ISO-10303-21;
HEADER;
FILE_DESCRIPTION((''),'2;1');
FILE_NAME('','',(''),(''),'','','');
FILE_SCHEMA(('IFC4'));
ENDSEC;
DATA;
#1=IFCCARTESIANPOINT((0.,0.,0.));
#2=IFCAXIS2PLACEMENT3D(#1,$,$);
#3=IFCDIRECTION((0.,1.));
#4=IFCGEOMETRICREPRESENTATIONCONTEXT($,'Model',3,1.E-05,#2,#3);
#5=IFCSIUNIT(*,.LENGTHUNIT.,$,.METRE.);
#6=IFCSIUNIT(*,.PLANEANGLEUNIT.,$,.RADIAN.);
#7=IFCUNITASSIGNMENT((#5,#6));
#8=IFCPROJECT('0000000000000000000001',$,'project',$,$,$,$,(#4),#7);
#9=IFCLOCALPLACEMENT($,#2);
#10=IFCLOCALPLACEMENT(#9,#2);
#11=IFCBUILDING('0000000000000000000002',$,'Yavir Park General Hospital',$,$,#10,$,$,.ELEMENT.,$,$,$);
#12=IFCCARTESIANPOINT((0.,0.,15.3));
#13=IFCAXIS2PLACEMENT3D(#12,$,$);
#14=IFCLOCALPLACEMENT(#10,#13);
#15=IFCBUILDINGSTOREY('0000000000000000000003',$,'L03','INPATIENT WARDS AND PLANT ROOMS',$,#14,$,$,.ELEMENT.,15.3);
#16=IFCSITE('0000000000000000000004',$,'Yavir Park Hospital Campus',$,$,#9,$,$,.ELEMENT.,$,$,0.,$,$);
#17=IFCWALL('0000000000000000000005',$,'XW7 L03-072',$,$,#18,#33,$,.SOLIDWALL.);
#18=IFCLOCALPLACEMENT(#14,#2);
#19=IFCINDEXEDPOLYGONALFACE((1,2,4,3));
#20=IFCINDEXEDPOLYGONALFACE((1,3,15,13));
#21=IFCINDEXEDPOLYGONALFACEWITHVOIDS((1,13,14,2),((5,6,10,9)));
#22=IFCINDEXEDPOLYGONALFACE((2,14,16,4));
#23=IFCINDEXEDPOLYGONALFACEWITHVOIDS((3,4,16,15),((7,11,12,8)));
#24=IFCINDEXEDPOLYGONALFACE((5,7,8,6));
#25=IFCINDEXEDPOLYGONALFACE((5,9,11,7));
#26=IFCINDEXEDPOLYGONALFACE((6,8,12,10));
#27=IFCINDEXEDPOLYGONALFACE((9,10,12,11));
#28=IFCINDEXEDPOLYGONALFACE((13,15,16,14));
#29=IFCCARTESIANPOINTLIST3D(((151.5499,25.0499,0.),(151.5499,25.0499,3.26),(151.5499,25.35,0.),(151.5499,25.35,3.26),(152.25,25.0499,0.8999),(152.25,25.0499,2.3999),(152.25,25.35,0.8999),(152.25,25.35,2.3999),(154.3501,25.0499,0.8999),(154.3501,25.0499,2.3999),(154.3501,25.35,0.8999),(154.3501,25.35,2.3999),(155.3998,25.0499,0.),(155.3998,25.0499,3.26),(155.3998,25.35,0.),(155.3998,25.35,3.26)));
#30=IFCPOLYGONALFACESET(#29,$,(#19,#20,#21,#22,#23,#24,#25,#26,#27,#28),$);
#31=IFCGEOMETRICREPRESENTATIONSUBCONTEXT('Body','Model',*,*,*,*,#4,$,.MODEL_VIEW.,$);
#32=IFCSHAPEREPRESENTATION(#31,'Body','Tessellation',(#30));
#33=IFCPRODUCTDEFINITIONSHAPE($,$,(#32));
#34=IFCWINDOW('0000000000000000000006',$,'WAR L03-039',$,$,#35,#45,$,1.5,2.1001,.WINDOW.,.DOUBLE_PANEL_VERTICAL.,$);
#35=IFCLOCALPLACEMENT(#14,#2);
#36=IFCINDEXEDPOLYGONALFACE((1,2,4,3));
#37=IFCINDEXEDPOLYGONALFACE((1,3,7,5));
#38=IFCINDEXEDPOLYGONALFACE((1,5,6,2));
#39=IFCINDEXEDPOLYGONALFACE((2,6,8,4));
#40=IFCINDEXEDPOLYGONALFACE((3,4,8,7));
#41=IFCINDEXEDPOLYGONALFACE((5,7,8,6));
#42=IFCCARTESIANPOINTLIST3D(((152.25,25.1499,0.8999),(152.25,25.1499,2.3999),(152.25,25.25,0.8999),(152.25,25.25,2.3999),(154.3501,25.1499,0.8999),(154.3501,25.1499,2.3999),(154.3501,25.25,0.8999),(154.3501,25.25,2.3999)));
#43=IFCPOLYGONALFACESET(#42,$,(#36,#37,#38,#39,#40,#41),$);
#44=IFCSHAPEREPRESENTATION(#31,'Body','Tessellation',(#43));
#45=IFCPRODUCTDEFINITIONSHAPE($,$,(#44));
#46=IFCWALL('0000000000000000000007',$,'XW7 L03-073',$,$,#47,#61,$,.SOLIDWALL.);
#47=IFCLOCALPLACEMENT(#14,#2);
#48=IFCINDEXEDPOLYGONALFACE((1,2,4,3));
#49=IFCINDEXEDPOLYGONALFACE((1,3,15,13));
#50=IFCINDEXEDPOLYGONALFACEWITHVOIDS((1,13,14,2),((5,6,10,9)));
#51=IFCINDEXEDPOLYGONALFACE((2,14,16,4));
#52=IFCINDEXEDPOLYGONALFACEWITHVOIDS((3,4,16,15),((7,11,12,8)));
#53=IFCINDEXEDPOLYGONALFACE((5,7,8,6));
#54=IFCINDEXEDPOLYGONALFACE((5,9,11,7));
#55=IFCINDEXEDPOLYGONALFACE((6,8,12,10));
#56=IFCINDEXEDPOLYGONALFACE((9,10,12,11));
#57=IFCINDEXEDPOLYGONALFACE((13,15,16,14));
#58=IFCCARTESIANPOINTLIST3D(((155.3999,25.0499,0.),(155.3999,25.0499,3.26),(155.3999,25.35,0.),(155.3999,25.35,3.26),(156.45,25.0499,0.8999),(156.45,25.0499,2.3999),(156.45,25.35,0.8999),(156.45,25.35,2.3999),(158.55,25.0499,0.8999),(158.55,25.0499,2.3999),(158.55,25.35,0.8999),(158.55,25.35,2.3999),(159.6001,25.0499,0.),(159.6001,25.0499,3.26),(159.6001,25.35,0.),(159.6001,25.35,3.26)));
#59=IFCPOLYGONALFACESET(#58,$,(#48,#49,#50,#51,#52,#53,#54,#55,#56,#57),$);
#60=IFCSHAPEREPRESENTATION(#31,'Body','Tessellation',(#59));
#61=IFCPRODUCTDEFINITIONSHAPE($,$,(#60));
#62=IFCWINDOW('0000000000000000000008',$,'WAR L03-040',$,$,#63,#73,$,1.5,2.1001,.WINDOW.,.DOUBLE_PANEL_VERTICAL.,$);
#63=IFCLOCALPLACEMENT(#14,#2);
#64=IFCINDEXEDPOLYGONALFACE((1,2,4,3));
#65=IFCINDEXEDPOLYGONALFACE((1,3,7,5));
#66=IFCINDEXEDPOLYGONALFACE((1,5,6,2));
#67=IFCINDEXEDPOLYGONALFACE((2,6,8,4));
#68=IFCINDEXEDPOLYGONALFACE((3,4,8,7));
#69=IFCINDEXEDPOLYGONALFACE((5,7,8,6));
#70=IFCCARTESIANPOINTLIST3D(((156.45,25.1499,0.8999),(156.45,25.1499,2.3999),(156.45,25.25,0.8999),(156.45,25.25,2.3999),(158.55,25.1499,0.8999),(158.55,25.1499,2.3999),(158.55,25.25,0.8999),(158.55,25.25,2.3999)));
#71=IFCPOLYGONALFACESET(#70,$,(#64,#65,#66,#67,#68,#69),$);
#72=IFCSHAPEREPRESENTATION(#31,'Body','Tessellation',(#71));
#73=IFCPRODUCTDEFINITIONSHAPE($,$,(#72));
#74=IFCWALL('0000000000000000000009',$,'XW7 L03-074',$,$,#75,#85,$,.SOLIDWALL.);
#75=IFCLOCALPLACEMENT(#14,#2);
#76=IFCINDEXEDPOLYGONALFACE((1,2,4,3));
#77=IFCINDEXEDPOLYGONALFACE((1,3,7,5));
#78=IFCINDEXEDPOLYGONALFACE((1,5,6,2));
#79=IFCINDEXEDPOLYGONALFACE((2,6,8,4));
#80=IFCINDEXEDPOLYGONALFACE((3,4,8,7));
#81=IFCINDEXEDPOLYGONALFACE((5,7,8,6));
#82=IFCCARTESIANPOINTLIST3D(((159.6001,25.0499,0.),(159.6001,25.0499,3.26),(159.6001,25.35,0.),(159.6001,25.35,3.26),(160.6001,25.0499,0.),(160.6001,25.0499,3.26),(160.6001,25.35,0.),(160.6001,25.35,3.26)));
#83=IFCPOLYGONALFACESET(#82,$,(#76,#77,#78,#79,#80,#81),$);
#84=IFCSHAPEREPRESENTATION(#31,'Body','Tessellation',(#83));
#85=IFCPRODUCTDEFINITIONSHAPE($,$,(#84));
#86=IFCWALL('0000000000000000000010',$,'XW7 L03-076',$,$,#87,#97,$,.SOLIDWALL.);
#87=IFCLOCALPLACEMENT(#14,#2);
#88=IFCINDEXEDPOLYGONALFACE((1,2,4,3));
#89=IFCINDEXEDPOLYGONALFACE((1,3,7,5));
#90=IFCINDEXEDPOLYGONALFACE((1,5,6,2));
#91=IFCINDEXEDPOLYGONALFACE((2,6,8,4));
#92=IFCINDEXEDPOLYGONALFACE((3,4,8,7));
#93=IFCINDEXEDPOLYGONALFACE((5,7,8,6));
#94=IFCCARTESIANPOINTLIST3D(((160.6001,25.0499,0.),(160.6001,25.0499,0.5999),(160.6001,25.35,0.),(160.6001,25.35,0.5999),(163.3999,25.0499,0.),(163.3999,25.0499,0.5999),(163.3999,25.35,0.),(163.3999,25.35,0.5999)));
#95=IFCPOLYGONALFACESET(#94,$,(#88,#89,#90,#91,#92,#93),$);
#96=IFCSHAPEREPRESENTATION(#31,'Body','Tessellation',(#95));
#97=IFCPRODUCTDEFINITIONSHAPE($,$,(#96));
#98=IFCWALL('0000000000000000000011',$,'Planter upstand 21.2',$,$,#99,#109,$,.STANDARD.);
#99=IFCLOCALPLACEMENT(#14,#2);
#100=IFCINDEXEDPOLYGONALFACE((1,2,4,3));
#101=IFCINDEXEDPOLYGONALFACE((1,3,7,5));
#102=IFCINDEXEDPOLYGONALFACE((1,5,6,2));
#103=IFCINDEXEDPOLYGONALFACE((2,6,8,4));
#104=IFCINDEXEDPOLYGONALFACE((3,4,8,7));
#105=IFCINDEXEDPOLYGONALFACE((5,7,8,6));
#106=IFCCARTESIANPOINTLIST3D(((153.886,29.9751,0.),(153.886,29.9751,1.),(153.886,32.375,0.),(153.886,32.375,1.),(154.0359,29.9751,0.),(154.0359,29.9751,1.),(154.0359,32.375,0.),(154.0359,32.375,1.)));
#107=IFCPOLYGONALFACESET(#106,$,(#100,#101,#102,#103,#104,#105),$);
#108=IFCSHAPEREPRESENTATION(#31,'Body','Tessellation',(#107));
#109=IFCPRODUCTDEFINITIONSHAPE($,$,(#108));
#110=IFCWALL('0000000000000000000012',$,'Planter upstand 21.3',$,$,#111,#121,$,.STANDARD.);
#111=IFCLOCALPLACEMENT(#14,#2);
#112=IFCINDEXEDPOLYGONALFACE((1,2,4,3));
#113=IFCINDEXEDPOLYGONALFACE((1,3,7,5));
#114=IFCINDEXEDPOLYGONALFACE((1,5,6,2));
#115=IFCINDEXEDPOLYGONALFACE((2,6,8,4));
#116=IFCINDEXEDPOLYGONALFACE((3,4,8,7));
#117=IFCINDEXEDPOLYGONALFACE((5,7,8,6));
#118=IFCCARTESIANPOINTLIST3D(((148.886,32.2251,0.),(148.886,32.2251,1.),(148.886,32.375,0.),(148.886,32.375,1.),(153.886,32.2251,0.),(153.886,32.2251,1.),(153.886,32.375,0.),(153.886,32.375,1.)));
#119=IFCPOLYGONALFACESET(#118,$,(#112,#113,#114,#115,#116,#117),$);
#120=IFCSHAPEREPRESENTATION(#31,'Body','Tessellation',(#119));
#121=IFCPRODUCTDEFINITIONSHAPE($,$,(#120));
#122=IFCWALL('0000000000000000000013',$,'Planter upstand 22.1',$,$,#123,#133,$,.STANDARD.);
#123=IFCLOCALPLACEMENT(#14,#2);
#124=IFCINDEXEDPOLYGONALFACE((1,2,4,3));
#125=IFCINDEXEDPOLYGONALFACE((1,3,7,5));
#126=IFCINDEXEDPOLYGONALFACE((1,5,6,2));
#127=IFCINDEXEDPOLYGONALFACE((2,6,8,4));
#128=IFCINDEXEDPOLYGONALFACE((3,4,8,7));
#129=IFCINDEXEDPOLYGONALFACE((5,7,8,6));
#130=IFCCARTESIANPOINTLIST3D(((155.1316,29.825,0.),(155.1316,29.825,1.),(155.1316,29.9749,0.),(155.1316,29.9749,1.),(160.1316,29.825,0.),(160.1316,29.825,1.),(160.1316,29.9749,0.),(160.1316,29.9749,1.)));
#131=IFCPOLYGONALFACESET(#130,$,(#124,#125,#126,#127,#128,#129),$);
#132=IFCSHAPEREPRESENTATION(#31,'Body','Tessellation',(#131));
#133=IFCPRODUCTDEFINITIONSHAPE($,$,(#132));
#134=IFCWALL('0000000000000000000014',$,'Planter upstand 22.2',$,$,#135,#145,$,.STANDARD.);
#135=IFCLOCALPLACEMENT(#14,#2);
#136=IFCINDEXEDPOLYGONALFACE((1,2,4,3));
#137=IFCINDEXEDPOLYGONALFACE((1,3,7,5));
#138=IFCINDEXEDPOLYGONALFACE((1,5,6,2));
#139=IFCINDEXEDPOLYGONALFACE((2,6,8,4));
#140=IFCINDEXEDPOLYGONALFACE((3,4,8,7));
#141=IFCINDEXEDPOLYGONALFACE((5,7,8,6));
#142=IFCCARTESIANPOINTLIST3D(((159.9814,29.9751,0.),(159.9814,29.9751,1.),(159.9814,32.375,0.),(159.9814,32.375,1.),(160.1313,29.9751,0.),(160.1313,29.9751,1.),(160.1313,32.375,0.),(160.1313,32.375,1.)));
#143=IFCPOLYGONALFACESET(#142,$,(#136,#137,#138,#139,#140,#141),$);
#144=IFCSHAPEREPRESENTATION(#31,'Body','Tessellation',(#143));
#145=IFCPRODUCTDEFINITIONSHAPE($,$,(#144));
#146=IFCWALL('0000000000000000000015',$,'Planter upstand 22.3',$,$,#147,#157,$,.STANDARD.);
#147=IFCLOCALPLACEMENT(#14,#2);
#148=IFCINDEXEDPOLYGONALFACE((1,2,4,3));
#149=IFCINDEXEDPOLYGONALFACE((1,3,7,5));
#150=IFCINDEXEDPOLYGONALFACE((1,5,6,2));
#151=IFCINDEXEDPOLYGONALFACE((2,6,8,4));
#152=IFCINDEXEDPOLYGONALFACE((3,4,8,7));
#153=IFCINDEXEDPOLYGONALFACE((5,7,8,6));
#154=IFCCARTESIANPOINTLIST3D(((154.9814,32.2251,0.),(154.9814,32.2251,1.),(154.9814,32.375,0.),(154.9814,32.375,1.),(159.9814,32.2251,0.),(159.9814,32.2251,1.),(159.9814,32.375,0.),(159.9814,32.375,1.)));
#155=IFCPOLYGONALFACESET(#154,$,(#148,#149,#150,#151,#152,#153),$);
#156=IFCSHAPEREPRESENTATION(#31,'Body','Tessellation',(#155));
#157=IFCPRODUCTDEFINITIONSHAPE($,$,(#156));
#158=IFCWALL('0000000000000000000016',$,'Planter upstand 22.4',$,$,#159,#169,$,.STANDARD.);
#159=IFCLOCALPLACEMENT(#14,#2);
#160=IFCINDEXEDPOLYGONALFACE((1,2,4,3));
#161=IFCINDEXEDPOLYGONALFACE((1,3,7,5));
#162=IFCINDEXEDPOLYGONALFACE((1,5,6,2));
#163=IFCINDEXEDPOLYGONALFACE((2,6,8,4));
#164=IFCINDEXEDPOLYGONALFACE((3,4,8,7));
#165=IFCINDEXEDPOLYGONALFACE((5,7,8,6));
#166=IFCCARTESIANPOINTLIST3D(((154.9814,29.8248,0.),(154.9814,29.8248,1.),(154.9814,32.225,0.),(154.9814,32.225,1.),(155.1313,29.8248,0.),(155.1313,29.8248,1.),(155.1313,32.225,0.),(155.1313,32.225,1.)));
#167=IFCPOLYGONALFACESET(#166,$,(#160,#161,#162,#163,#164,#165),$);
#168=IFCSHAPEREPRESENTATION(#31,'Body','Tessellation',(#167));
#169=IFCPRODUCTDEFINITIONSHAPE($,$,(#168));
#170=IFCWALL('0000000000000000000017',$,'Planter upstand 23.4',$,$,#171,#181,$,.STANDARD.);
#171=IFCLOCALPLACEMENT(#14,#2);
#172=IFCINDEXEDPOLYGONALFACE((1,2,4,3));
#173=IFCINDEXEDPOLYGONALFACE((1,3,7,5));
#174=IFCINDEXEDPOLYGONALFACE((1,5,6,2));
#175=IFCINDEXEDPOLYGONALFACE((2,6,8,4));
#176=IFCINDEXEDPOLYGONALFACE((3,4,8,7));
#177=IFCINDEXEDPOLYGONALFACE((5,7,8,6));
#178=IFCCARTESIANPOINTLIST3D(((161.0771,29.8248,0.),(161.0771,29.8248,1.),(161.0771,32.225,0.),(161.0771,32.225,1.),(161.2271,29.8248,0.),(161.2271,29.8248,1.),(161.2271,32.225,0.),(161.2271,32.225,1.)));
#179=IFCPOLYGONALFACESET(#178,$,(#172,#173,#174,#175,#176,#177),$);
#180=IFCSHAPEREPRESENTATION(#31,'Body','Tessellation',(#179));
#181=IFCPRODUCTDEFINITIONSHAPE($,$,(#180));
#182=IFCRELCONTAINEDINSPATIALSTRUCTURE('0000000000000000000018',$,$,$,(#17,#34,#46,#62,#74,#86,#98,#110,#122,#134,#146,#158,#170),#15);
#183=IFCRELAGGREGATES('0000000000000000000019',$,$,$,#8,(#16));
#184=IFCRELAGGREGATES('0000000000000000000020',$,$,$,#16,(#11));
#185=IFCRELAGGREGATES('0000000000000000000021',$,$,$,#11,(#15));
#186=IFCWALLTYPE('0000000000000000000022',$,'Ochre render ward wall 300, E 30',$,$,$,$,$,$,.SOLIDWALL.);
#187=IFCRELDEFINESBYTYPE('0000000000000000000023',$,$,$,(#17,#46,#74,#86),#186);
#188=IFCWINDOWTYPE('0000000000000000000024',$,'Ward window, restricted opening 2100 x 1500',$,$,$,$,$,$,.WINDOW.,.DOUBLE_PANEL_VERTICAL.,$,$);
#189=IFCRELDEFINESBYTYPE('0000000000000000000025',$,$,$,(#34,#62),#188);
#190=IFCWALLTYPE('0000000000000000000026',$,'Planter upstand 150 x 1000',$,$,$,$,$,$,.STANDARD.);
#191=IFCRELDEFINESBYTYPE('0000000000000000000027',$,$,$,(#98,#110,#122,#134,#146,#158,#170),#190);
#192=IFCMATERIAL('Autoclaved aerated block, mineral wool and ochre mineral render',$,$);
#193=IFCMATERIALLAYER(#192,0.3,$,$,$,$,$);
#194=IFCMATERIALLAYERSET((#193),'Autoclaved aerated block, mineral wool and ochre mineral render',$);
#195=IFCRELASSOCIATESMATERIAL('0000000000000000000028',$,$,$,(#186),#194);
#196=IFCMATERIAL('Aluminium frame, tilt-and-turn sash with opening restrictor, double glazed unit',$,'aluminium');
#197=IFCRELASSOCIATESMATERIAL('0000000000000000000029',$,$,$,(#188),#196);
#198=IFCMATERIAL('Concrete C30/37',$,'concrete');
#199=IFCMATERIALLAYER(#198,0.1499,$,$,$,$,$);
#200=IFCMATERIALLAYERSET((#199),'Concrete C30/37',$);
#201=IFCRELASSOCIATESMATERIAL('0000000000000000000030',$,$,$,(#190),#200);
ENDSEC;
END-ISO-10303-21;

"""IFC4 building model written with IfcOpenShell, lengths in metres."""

from ifc_helpers import new_model, si_unit, direction, frame, frame_2d, origin, place, context, subcontext, project, spatial, rectangle, extrude, material, layer, layer_set, type_object, element, fill, save


model = new_model("IFC4")

# Units and contexts
model_context = context("Model", 3, precision=1e-05, world=origin(), true_north=direction((0.0, 1.0)))
body_context = subcontext(model_context, "Body", "Model", "MODEL_VIEW")
ifc_project = project(units=[si_unit("LENGTHUNIT", "METRE"), si_unit("PLANEANGLEUNIT", "RADIAN")], contexts=[model_context])

# Site, building, storey
site_placement = place(None, origin())
site = spatial("IfcSite", under=ifc_project, at=site_placement, Name="Yavir Park Hospital Campus", CompositionType="ELEMENT", RefElevation=0.0)
building_placement = place(site_placement, origin())
building = spatial("IfcBuilding", under=site, at=building_placement, Name="Yavir Park General Hospital", CompositionType="ELEMENT")
storey_placement = place(building_placement, frame((0.0, 0.0, 15.3)))
storey = spatial("IfcBuildingStorey", under=building, at=storey_placement, Name="L03", Description="INPATIENT WARDS AND PLANT ROOMS", CompositionType="ELEMENT", Elevation=15.3)

# Walls, openings, windows
ifc_material_1 = material(Name="Autoclaved aerated block, mineral wool and ochre mineral render")
ifc_layer_1 = layer(ifc_material_1, 0.3)
ifc_layer_set_1 = layer_set([ifc_layer_1], Name="Autoclaved aerated block, mineral wool and ochre mineral render")
wall_type_1 = type_object("IfcWallType", Name="Ochre render ward wall 300, E 30", PredefinedType="SOLIDWALL", material=ifc_layer_set_1)
wall_1_placement = place(storey_placement, frame((151.55, 25.2, 0.0), z_axis=(0.0, 0.0, 1.0), x_axis=(1.0, 0.0, 0.0)))
wall_1 = element("IfcWall", 1, at=wall_1_placement, inside=storey, type_object=wall_type_1, Name="XW7 L03-072", PredefinedType="SOLIDWALL", context=body_context, shape_type="SweptSolid", body=[
    extrude(rectangle(XDim=3.8499, YDim=0.3, at=frame_2d((1.9248, 0.0))), origin(), (0.0, 0.0, 1.0), 3.26),
])
opening_1_placement = place(wall_1_placement, frame((0.7, 0.0, 0.8999)))
opening_1 = element("IfcOpeningElement", 2, at=opening_1_placement, cuts=wall_1, PredefinedType="OPENING", context=body_context, shape_type="SweptSolid", body=[
    extrude(rectangle(XDim=2.1001, YDim=1.5, at=frame_2d((1.05, 0.75))), frame((0.0, 0.1599, 0.0), z_axis=(0.0, -1.0, 0.0), x_axis=(1.0, 0.0, 0.0)), (0.0, 0.0, 1.0), 0.3201),
])
ifc_material_2 = material(Name="Aluminium frame, tilt-and-turn sash with opening restrictor, double glazed unit", Category="aluminium")
window_type = type_object("IfcWindowType", Name="Ward window, restricted opening 2100 x 1500", PartitioningType="DOUBLE_PANEL_VERTICAL", PredefinedType="WINDOW", material=ifc_material_2)
window_1_placement = place(opening_1_placement, origin())
window_1 = element("IfcWindow", 3, at=window_1_placement, inside=storey, type_object=window_type, Name="WAR L03-039", OverallHeight=1.5, OverallWidth=2.1001, PartitioningType="DOUBLE_PANEL_VERTICAL", PredefinedType="WINDOW", context=body_context, shape_type="SweptSolid", body=[
    extrude(rectangle(XDim=2.1001, YDim=1.5, at=frame_2d((1.05, 0.75))), frame((0.0, 0.05, 0.0), z_axis=(0.0, -1.0, 0.0), x_axis=(1.0, 0.0, 0.0)), (0.0, 0.0, 1.0), 0.1001),
])
fill(opening_1, window_1)
wall_2_placement = place(storey_placement, frame((155.3999, 25.2, 0.0), z_axis=(0.0, 0.0, 1.0), x_axis=(1.0, 0.0, 0.0)))
wall_2 = element("IfcWall", 4, at=wall_2_placement, inside=storey, type_object=wall_type_1, Name="XW7 L03-073", PredefinedType="SOLIDWALL", context=body_context, shape_type="SweptSolid", body=[
    extrude(rectangle(XDim=4.2002, YDim=0.3, at=frame_2d((2.1001, 0.0))), origin(), (0.0, 0.0, 1.0), 3.26),
])
opening_2_placement = place(wall_2_placement, frame((1.05, 0.0, 0.8999)))
opening_2 = element("IfcOpeningElement", 5, at=opening_2_placement, cuts=wall_2, PredefinedType="OPENING", context=body_context, shape_type="SweptSolid", body=[
    extrude(rectangle(XDim=2.1001, YDim=1.5, at=frame_2d((1.05, 0.75))), frame((0.0, 0.1599, 0.0), z_axis=(0.0, -1.0, 0.0), x_axis=(1.0, 0.0, 0.0)), (0.0, 0.0, 1.0), 0.3201),
])
window_2_placement = place(opening_2_placement, origin())
window_2 = element("IfcWindow", 6, at=window_2_placement, inside=storey, type_object=window_type, Name="WAR L03-040", OverallHeight=1.5, OverallWidth=2.1001, PartitioningType="DOUBLE_PANEL_VERTICAL", PredefinedType="WINDOW", context=body_context, shape_type="SweptSolid", body=[
    extrude(rectangle(XDim=2.1001, YDim=1.5, at=frame_2d((1.05, 0.75))), frame((0.0, 0.05, 0.0), z_axis=(0.0, -1.0, 0.0), x_axis=(1.0, 0.0, 0.0)), (0.0, 0.0, 1.0), 0.1001),
])
fill(opening_2, window_2)

# Walls
wall_3_placement = place(storey_placement, frame((159.6001, 25.2, 0.0), z_axis=(0.0, 0.0, 1.0), x_axis=(1.0, 0.0, 0.0)))
element("IfcWall", 7, at=wall_3_placement, inside=storey, type_object=wall_type_1, Name="XW7 L03-074", PredefinedType="SOLIDWALL", context=body_context, shape_type="SweptSolid", body=[
    extrude(rectangle(XDim=1.0, YDim=0.3, at=frame_2d((0.5, 0.0))), origin(), (0.0, 0.0, 1.0), 3.26),
])
wall_4_placement = place(storey_placement, frame((160.6001, 25.2, 0.0), z_axis=(0.0, 0.0, 1.0), x_axis=(1.0, 0.0, 0.0)))
element("IfcWall", 8, at=wall_4_placement, inside=storey, type_object=wall_type_1, Name="XW7 L03-076", PredefinedType="SOLIDWALL", context=body_context, shape_type="SweptSolid", body=[
    extrude(rectangle(XDim=2.7998, YDim=0.3, at=frame_2d((1.3999, 0.0))), origin(), (0.0, 0.0, 1.0), 0.5999),
])
ifc_material_3 = material(Name="Concrete C30/37", Category="concrete")
ifc_layer_2 = layer(ifc_material_3, 0.1499)
ifc_layer_set_2 = layer_set([ifc_layer_2], Name="Concrete C30/37")
wall_type_2 = type_object("IfcWallType", Name="Planter upstand 150 x 1000", PredefinedType="STANDARD", material=ifc_layer_set_2)
wall_5_placement = place(storey_placement, frame((153.9609, 29.9751, 0.0), z_axis=(0.0, 0.0, 1.0), x_axis=(0.0, 1.0, 0.0)))
element("IfcWall", 9, at=wall_5_placement, inside=storey, type_object=wall_type_2, Name="Planter upstand 21.2", PredefinedType="STANDARD", context=body_context, shape_type="SweptSolid", body=[
    extrude(rectangle(XDim=2.3999, YDim=0.1499, at=frame_2d((1.2, 0.0))), origin(), (0.0, 0.0, 1.0), 1.0),
])
for number, where, z_axis, x_axis, name in (
    (10, (153.886, 32.3, 0.0), (0.0, 0.0, 1.0), (-1.0, 0.0, 0.0), "Planter upstand 21.3"),
    (11, (155.1316, 29.8999, 0.0), (0.0, 0.0, 1.0), (1.0, 0.0, 0.0), "Planter upstand 22.1"),
):
    element("IfcWall", number, at=place(storey_placement, frame(where, z_axis=z_axis, x_axis=x_axis)), inside=storey, type_object=wall_type_2, Name=name, PredefinedType="STANDARD", context=body_context, shape_type="SweptSolid", body=[
        extrude(rectangle(XDim=5.0, YDim=0.1499, at=frame_2d((2.5, 0.0))), origin(), (0.0, 0.0, 1.0), 1.0),
    ])
wall_6_placement = place(storey_placement, frame((160.0564, 29.9751, 0.0), z_axis=(0.0, 0.0, 1.0), x_axis=(0.0, 1.0, 0.0)))
element("IfcWall", 12, at=wall_6_placement, inside=storey, type_object=wall_type_2, Name="Planter upstand 22.2", PredefinedType="STANDARD", context=body_context, shape_type="SweptSolid", body=[
    extrude(rectangle(XDim=2.3999, YDim=0.1499, at=frame_2d((1.2, 0.0))), origin(), (0.0, 0.0, 1.0), 1.0),
])
wall_7_placement = place(storey_placement, frame((159.9814, 32.3, 0.0), z_axis=(0.0, 0.0, 1.0), x_axis=(-1.0, 0.0, 0.0)))
element("IfcWall", 13, at=wall_7_placement, inside=storey, type_object=wall_type_2, Name="Planter upstand 22.3", PredefinedType="STANDARD", context=body_context, shape_type="SweptSolid", body=[
    extrude(rectangle(XDim=5.0, YDim=0.1499, at=frame_2d((2.5, 0.0))), origin(), (0.0, 0.0, 1.0), 1.0),
])
for number, where, z_axis, x_axis, name in (
    (14, (155.0564, 32.2251, 0.0), (0.0, 0.0, 1.0), (0.0, -1.0, 0.0), "Planter upstand 22.4"),
    (15, (161.1521, 32.2251, 0.0), (0.0, 0.0, 1.0), (0.0, -1.0, 0.0), "Planter upstand 23.4"),
):
    element("IfcWall", number, at=place(storey_placement, frame(where, z_axis=z_axis, x_axis=x_axis)), inside=storey, type_object=wall_type_2, Name=name, PredefinedType="STANDARD", context=body_context, shape_type="SweptSolid", body=[
        extrude(rectangle(XDim=2.4001, YDim=0.1499, at=frame_2d((1.2002, 0.0))), origin(), (0.0, 0.0, 1.0), 1.0),
    ])

save(model, "model.ifc")
